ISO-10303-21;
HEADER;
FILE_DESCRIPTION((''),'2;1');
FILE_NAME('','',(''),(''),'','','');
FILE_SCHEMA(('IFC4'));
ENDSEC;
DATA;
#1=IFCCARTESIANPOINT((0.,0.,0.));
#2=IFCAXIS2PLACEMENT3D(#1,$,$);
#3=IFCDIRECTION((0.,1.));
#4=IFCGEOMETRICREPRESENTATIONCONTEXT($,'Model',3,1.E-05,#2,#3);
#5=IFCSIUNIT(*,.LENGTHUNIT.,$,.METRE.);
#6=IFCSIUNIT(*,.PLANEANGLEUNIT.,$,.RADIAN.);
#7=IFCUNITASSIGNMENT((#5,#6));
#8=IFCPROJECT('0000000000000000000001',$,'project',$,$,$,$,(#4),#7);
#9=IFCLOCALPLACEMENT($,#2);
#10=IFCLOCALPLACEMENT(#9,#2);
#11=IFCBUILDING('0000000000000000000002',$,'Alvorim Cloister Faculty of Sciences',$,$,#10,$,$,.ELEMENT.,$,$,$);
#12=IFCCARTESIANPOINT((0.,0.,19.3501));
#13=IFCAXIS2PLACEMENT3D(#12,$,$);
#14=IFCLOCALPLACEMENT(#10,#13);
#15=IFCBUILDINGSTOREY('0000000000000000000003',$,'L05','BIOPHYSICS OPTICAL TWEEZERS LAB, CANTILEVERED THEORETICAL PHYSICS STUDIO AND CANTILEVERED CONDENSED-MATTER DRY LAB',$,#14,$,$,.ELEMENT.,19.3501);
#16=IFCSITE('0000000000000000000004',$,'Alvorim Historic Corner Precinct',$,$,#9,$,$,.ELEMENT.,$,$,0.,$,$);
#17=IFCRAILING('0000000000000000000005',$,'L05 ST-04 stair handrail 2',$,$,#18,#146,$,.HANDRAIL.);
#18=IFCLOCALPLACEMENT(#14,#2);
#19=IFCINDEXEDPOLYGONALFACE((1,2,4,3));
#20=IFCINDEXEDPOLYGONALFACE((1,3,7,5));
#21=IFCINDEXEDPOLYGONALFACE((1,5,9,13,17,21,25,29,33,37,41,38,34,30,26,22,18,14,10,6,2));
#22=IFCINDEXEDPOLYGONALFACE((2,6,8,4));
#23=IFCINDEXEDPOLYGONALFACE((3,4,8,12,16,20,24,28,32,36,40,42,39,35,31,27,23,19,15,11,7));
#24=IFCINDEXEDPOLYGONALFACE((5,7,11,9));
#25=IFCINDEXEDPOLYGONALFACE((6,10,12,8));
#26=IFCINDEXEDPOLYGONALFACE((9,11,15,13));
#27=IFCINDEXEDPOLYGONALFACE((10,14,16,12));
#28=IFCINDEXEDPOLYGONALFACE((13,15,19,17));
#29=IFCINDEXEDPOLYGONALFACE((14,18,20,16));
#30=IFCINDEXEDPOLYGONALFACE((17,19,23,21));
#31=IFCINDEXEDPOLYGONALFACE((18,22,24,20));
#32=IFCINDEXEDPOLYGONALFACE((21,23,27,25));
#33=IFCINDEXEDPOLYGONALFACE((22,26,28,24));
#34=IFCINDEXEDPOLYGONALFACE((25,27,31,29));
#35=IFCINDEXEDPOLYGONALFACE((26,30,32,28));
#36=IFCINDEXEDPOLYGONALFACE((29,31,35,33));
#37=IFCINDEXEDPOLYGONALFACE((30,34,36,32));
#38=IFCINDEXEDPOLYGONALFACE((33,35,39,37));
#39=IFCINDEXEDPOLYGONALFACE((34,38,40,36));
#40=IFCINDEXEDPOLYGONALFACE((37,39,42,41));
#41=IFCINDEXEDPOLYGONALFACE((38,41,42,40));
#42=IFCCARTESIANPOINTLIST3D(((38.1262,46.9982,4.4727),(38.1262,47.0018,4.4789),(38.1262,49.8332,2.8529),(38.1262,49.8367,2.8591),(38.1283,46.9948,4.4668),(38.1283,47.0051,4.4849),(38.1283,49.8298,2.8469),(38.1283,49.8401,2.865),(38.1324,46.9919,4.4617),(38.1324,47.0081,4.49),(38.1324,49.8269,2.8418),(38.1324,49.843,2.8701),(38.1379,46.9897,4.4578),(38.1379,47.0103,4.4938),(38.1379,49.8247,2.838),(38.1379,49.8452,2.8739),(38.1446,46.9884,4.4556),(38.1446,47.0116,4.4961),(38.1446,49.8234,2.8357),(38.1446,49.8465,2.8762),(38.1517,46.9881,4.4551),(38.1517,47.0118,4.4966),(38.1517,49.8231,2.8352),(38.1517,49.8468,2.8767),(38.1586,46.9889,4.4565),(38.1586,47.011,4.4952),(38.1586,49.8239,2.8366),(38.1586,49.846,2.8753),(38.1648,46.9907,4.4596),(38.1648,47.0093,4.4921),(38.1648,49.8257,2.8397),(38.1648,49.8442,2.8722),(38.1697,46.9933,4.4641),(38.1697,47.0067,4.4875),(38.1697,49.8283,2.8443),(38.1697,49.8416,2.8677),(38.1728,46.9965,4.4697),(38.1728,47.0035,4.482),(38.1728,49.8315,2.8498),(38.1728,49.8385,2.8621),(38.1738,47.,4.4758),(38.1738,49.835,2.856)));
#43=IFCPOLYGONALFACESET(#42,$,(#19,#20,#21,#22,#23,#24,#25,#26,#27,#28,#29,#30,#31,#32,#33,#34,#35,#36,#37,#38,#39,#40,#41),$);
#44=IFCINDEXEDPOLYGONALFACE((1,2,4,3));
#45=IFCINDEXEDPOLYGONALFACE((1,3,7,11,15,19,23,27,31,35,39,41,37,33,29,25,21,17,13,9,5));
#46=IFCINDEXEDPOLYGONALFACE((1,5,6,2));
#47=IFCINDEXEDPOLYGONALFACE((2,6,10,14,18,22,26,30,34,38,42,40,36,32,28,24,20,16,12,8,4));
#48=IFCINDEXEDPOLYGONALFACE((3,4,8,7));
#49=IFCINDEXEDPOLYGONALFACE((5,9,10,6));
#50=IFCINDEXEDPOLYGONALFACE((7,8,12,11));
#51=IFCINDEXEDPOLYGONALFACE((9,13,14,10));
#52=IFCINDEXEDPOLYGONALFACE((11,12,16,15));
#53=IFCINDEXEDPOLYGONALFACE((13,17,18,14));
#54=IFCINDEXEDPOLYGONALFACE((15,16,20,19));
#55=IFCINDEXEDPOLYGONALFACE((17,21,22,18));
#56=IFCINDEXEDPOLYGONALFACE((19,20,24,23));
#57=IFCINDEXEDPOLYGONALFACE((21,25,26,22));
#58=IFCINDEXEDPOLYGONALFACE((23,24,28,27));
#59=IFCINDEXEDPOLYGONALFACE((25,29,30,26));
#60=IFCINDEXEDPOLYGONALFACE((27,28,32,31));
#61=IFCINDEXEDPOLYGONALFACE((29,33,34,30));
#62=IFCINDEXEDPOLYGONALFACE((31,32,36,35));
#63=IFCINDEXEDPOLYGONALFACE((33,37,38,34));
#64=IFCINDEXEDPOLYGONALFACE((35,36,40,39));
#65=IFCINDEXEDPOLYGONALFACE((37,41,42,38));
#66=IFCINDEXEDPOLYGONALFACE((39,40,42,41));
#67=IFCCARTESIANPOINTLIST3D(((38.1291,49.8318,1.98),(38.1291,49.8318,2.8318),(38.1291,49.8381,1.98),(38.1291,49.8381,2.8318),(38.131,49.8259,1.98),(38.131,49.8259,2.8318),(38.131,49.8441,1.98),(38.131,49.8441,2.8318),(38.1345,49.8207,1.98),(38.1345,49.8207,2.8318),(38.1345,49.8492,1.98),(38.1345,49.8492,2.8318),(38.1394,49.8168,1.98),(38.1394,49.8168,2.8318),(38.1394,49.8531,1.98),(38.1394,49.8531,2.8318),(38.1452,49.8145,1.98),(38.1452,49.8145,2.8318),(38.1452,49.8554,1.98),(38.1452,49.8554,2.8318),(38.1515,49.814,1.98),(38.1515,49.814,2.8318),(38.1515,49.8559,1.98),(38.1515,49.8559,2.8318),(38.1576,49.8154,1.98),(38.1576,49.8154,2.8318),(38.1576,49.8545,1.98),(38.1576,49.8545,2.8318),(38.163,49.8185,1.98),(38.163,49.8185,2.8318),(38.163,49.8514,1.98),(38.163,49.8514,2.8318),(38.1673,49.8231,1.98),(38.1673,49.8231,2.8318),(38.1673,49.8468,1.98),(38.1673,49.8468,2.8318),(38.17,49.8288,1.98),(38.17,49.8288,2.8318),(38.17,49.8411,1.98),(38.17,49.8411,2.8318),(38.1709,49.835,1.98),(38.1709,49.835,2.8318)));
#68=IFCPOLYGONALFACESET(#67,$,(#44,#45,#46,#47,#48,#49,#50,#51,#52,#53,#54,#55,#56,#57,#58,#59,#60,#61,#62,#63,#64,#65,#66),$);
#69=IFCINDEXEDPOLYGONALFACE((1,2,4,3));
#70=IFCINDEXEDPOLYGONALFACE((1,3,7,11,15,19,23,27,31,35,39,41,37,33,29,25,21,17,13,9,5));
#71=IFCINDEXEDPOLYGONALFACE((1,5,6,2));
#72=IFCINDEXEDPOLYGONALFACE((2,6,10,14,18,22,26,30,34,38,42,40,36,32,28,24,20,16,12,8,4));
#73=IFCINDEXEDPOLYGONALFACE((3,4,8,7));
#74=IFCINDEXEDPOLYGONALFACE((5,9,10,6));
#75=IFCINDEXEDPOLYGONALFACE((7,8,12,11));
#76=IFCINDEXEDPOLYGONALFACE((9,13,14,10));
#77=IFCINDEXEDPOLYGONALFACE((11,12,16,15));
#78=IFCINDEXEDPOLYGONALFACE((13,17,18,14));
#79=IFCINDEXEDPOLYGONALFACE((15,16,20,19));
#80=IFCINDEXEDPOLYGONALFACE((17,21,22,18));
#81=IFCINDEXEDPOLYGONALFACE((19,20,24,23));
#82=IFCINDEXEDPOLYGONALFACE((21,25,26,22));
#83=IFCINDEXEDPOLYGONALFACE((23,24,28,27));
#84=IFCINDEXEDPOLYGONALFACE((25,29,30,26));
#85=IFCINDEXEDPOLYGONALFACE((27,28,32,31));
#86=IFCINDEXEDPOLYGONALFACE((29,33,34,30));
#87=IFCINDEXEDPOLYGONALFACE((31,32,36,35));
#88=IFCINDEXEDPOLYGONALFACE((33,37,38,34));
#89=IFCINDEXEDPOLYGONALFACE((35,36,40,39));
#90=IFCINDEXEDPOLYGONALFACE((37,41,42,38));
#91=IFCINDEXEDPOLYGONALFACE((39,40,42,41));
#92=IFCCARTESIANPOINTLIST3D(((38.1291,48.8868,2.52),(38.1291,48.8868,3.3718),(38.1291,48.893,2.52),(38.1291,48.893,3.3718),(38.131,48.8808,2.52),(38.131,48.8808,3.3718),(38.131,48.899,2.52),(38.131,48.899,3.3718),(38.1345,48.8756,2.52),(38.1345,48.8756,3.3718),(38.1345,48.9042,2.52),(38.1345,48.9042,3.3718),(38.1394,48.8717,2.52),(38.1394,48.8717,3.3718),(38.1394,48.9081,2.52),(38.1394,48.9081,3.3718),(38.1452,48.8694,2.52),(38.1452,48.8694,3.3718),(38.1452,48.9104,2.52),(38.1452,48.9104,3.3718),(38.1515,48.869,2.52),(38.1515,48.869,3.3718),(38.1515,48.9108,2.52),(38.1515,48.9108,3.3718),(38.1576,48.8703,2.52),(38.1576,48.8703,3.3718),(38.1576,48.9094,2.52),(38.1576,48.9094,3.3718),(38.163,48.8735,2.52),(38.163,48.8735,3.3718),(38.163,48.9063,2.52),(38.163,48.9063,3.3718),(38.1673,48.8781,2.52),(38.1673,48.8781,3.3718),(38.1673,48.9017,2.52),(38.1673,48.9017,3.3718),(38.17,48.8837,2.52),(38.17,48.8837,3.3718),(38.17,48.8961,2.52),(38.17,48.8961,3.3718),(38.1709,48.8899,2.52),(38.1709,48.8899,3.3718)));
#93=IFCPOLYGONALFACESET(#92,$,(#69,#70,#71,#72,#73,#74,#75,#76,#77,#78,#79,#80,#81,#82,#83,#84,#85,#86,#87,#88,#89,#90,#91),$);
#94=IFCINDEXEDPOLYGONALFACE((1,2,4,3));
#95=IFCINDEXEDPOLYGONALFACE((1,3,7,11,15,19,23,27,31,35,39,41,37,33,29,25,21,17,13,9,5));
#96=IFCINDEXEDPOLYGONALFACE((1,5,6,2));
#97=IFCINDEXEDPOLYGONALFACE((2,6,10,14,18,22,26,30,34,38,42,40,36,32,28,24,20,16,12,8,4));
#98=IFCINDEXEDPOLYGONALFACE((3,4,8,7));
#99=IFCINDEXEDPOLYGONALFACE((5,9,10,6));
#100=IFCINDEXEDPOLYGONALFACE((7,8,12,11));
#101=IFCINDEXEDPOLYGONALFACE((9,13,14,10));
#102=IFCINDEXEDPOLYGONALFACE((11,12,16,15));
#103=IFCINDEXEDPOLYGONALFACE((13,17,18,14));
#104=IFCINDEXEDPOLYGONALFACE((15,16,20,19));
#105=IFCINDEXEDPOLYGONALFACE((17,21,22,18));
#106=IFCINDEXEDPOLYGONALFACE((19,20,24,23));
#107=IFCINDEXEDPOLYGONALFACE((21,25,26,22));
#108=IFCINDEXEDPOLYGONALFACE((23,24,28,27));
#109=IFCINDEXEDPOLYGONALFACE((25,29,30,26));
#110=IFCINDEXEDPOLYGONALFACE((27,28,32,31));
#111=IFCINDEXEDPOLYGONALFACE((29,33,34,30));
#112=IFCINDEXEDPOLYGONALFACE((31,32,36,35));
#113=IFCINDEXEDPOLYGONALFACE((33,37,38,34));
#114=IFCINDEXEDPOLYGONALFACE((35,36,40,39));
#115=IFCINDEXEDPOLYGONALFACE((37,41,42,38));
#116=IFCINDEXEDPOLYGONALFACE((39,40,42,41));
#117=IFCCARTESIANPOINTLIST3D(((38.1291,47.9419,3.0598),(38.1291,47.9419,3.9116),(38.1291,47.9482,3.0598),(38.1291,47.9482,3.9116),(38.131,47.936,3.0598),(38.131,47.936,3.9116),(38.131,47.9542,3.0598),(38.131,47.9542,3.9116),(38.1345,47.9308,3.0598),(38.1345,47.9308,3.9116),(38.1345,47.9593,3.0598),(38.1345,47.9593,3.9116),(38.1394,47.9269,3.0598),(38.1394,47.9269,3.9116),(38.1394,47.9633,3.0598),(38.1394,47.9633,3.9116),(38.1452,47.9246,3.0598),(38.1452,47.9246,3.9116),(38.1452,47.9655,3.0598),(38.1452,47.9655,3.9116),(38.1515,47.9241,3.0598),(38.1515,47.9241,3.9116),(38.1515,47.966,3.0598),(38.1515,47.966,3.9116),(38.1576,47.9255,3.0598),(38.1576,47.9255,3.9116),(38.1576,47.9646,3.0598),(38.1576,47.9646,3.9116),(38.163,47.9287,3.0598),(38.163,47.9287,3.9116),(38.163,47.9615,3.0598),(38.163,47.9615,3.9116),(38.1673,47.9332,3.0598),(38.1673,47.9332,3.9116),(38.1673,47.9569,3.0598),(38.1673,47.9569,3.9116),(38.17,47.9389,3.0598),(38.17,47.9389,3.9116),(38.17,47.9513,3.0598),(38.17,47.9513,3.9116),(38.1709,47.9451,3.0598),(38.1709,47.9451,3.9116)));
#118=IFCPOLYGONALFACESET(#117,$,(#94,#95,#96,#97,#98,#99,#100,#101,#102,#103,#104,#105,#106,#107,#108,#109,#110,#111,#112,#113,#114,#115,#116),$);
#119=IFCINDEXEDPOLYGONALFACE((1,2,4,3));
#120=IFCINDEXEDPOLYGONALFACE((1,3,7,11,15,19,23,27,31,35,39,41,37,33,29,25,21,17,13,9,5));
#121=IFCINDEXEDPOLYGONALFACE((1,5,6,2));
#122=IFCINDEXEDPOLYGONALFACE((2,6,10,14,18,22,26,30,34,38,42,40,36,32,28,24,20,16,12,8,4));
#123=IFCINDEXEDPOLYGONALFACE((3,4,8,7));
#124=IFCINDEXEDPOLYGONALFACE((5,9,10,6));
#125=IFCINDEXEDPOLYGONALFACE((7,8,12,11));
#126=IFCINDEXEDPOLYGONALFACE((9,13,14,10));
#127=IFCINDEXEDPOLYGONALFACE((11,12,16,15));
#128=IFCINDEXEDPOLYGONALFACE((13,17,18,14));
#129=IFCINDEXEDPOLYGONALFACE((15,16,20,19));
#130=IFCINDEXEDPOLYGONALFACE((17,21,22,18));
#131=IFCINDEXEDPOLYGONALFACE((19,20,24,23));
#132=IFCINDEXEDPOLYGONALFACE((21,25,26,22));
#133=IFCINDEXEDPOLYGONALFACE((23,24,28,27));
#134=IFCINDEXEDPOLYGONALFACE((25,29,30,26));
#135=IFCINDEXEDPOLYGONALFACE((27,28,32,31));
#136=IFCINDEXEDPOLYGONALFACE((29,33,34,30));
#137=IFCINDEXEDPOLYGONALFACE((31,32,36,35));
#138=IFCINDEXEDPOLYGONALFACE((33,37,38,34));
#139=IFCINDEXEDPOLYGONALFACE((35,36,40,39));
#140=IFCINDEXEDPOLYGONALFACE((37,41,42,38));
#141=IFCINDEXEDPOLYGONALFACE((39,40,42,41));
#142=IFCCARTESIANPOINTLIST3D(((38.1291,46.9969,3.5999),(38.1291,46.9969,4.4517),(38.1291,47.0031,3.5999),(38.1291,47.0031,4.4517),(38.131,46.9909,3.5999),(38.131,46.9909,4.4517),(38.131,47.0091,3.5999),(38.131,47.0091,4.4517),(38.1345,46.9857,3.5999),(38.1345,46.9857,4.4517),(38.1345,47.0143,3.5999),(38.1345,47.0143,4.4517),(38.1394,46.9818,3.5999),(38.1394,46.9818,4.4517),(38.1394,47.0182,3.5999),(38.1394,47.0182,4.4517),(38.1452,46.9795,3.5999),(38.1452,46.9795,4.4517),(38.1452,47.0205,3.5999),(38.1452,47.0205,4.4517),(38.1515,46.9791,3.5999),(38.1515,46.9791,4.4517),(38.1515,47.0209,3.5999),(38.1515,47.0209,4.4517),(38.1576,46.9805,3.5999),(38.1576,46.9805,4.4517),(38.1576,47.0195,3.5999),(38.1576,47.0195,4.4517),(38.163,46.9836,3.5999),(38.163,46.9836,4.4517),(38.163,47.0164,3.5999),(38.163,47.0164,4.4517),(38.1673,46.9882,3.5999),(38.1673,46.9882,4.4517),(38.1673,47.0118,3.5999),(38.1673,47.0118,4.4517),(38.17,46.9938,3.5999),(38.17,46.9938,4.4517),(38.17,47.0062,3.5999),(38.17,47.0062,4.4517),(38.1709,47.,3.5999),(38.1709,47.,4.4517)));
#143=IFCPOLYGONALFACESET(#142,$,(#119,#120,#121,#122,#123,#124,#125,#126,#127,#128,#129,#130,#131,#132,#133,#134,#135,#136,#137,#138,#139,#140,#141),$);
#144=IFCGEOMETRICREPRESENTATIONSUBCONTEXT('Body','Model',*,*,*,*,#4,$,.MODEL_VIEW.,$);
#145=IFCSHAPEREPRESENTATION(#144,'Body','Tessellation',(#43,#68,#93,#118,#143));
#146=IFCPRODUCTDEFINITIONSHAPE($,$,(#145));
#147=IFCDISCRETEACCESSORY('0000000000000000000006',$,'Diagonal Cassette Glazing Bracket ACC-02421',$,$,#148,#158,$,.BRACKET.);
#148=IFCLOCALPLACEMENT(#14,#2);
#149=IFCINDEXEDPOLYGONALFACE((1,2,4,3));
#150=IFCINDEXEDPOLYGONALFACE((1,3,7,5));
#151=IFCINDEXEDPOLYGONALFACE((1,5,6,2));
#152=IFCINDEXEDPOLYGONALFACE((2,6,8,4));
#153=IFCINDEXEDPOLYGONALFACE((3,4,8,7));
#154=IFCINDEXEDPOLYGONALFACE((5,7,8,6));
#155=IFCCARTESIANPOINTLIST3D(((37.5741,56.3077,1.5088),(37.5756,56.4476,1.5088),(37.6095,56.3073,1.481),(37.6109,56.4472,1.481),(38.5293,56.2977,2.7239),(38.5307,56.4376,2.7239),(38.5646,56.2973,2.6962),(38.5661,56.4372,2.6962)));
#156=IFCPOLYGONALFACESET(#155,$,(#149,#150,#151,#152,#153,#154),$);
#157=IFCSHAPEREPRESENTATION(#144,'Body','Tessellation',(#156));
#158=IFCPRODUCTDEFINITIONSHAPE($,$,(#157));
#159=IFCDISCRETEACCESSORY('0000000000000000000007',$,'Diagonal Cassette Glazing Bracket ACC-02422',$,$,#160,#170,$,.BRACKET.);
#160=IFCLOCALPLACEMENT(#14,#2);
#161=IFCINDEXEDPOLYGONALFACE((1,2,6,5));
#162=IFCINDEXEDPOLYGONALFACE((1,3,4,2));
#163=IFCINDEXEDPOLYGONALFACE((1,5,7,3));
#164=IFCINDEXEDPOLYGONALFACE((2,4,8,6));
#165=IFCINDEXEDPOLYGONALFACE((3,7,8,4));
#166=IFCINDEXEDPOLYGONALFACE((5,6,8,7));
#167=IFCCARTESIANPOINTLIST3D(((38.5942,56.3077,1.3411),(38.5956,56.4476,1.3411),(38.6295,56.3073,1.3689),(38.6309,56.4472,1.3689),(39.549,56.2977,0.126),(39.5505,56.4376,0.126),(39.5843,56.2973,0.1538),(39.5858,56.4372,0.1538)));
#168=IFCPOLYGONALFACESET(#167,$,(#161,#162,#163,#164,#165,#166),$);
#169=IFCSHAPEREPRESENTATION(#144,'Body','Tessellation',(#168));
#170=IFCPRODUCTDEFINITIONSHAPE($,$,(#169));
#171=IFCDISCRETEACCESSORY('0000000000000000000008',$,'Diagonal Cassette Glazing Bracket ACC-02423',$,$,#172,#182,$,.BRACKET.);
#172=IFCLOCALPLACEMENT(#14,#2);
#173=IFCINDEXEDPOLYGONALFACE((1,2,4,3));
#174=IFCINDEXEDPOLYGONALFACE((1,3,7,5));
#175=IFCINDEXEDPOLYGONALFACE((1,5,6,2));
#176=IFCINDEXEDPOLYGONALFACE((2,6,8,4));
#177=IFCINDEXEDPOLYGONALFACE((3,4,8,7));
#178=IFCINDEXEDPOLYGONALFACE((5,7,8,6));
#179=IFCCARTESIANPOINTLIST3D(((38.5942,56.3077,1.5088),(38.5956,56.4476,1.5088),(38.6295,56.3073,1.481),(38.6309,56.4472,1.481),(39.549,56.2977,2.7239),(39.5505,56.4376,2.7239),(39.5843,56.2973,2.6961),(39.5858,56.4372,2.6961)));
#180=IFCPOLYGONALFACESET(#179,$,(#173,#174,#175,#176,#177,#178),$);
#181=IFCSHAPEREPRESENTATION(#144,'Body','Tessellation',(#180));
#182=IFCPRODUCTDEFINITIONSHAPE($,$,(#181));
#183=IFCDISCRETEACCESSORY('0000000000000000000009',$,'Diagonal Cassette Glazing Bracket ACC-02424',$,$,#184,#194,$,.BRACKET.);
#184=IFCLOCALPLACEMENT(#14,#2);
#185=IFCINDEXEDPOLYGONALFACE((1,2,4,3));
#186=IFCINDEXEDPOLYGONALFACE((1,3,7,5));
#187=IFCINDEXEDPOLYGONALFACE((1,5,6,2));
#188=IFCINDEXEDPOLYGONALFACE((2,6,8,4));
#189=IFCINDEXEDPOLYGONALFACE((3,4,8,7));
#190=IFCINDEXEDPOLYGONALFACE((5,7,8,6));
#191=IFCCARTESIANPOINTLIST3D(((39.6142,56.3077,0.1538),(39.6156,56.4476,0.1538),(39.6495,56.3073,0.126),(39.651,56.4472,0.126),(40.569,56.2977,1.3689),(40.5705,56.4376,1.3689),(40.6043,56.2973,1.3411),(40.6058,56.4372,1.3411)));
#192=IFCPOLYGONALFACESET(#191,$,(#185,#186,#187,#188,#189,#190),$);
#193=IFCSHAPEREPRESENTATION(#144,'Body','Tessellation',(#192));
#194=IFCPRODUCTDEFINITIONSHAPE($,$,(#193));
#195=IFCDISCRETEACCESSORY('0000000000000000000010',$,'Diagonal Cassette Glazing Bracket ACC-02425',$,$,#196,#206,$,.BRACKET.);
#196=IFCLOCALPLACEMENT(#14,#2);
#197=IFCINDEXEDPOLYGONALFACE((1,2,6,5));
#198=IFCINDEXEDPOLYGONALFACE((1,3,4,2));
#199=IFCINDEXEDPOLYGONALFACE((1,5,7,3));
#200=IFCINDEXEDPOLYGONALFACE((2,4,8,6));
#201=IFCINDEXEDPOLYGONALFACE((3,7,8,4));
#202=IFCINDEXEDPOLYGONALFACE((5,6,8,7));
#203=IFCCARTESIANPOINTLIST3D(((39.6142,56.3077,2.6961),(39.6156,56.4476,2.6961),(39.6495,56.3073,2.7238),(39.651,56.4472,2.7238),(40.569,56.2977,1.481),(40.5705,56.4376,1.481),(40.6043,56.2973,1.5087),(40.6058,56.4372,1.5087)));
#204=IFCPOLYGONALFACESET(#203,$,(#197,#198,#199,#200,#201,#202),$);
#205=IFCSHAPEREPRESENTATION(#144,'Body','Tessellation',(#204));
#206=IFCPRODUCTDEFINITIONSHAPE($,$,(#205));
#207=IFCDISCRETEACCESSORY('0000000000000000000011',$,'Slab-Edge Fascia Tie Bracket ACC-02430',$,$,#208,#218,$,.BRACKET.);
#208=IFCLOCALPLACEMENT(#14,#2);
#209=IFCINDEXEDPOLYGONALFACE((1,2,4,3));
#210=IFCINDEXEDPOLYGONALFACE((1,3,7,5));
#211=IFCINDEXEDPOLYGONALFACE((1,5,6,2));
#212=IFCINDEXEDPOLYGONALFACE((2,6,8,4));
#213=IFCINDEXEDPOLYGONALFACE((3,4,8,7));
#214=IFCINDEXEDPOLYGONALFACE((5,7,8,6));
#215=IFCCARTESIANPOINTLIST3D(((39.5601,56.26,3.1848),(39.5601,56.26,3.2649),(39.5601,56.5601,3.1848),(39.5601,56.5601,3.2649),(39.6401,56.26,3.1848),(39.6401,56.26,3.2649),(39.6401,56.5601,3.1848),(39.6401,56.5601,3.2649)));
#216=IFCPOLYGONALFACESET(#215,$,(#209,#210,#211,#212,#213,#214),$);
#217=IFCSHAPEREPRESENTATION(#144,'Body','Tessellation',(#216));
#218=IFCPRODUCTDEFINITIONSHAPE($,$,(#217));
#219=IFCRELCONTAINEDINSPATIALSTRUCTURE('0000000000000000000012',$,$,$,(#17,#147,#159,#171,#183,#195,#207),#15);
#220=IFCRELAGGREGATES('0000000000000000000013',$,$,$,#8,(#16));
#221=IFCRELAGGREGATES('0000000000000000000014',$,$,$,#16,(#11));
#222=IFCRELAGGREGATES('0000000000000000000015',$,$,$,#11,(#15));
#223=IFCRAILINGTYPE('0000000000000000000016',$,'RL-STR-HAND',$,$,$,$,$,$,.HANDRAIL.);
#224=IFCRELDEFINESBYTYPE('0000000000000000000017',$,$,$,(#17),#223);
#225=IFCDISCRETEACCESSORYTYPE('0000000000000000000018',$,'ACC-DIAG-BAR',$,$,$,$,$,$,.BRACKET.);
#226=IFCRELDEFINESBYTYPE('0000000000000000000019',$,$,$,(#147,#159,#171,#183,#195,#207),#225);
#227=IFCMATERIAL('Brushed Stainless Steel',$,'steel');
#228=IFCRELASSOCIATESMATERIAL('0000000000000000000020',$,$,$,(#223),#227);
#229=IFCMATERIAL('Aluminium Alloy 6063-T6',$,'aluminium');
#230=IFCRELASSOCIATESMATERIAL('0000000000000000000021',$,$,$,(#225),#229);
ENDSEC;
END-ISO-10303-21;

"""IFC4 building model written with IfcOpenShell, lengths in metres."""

from ifc_helpers import new_model, si_unit, direction, frame, origin, origin_2d, place, context, subcontext, project, spatial, rectangle, circle, extrude, material, type_object, element, save


model = new_model("IFC4")

# Units and contexts
model_context = context("Model", 3, precision=1e-05, world=origin(), true_north=direction((0.0, 1.0)))
body_context = subcontext(model_context, "Body", "Model", "MODEL_VIEW")
ifc_project = project(units=[si_unit("LENGTHUNIT", "METRE"), si_unit("PLANEANGLEUNIT", "RADIAN")], contexts=[model_context])

# Site, building, storey
site_placement = place(None, origin())
site = spatial("IfcSite", under=ifc_project, at=site_placement, Name="Alvorim Historic Corner Precinct", CompositionType="ELEMENT", RefElevation=0.0)
building_placement = place(site_placement, origin())
building = spatial("IfcBuilding", under=site, at=building_placement, Name="Alvorim Cloister Faculty of Sciences", CompositionType="ELEMENT")
storey_placement = place(building_placement, frame((0.0, 0.0, 19.3501)))
storey = spatial("IfcBuildingStorey", under=building, at=storey_placement, Name="L05", Description="BIOPHYSICS OPTICAL TWEEZERS LAB, CANTILEVERED THEORETICAL PHYSICS STUDIO AND CANTILEVERED CONDENSED-MATTER DRY LAB", CompositionType="ELEMENT", Elevation=19.3501)

# Shared definitions
ifc_material_1 = material(Name="Aluminium Alloy 6063-T6", Category="aluminium")

# Shared definitions
ifc_material_2 = material(Name="Brushed Stainless Steel", Category="steel")

# Railing
railing_type_1 = type_object("IfcRailingType", Name="RL-STR-HAND", PredefinedType="HANDRAIL", material=ifc_material_2)
railing_1_placement = place(storey_placement, frame((38.1499, 49.835, 1.98)))
element("IfcRailing", 1, at=railing_1_placement, inside=storey, type_object=railing_type_1, Name="L05 ST-04 stair handrail 2", PredefinedType="HANDRAIL", context=body_context, shape_type="SweptSolid", body=[
    extrude(circle(Radius=0.0239, at=origin_2d()), frame((0.0, 0.0, 0.876), z_axis=(0.0, -0.868257, 0.496115), x_axis=(1.0, 0.0, 0.0)), (0.0, 0.0, 1.0), 3.2651),
    extrude(circle(Radius=0.021, at=origin_2d()), origin(), (0.0, 0.0, 1.0), 0.8518),
    extrude(circle(Radius=0.021, at=origin_2d()), frame((0.0, -0.9451, 0.54)), (0.0, 0.0, 1.0), 0.8518),
    extrude(circle(Radius=0.021, at=origin_2d()), frame((0.0, -1.8899, 1.0798)), (0.0, 0.0, 1.0), 0.8518),
    extrude(circle(Radius=0.021, at=origin_2d()), frame((0.0, -2.835, 1.6199)), (0.0, 0.0, 1.0), 0.8518),
])

# Discrete accessories
discrete_accessory_type = type_object("IfcDiscreteAccessoryType", Name="ACC-DIAG-BAR", PredefinedType="BRACKET", material=ifc_material_1)
discrete_accessory_1_placement = place(storey_placement, frame((37.5925, 56.3774, 1.4949), z_axis=(0.617955, -0.006477, 0.786187), x_axis=(0.01048, 0.999945, 0.0)))
element("IfcDiscreteAccessory", 2, at=discrete_accessory_1_placement, inside=storey, type_object=discrete_accessory_type, Name="Diagonal Cassette Glazing Bracket ACC-02421", PredefinedType="BRACKET", context=body_context, shape_type="SweptSolid", body=[
    extrude(rectangle(XDim=0.1399, YDim=0.0449, at=origin_2d()), origin(), (0.0, 0.0, 1.0), 1.5457),
])
for number, where, z_axis, x_axis, name in (
    (3, (38.6125, 56.3774, 1.355), (0.617857, -0.006477, -0.786263), (0.010483, 0.999945, 0.0), "Diagonal Cassette Glazing Bracket ACC-02422"),
    (4, (38.6125, 56.3774, 1.4949), (0.617857, -0.006477, 0.786263), (0.010483, 0.999945, 0.0), "Diagonal Cassette Glazing Bracket ACC-02423"),
    (5, (39.6326, 56.3774, 0.1399), (0.617857, -0.006477, 0.786263), (0.010483, 0.999945, 0.0), "Diagonal Cassette Glazing Bracket ACC-02424"),
    (6, (39.6326, 56.3774, 2.71), (0.617857, -0.006477, -0.786263), (0.010483, 0.999945, 0.0), "Diagonal Cassette Glazing Bracket ACC-02425"),
):
    element("IfcDiscreteAccessory", number, at=place(storey_placement, frame(where, z_axis=z_axis, x_axis=x_axis)), inside=storey, type_object=discrete_accessory_type, Name=name, PredefinedType="BRACKET", context=body_context, shape_type="SweptSolid", body=[
        extrude(rectangle(XDim=0.1399, YDim=0.0449, at=origin_2d()), origin(), (0.0, 0.0, 1.0), 1.5454),
    ])
discrete_accessory_2_placement = place(storey_placement, frame((39.6001, 56.26, 3.2249), z_axis=(0.0, 1.0, 0.0), x_axis=(-1.0, 0.0, 0.0)))
element("IfcDiscreteAccessory", 7, at=discrete_accessory_2_placement, inside=storey, type_object=discrete_accessory_type, Name="Slab-Edge Fascia Tie Bracket ACC-02430", PredefinedType="BRACKET", context=body_context, shape_type="SweptSolid", body=[
    extrude(rectangle(XDim=0.0801, YDim=0.0801, at=origin_2d()), origin(), (0.0, 0.0, 1.0), 0.3),
])

save(model, "model.ifc")
